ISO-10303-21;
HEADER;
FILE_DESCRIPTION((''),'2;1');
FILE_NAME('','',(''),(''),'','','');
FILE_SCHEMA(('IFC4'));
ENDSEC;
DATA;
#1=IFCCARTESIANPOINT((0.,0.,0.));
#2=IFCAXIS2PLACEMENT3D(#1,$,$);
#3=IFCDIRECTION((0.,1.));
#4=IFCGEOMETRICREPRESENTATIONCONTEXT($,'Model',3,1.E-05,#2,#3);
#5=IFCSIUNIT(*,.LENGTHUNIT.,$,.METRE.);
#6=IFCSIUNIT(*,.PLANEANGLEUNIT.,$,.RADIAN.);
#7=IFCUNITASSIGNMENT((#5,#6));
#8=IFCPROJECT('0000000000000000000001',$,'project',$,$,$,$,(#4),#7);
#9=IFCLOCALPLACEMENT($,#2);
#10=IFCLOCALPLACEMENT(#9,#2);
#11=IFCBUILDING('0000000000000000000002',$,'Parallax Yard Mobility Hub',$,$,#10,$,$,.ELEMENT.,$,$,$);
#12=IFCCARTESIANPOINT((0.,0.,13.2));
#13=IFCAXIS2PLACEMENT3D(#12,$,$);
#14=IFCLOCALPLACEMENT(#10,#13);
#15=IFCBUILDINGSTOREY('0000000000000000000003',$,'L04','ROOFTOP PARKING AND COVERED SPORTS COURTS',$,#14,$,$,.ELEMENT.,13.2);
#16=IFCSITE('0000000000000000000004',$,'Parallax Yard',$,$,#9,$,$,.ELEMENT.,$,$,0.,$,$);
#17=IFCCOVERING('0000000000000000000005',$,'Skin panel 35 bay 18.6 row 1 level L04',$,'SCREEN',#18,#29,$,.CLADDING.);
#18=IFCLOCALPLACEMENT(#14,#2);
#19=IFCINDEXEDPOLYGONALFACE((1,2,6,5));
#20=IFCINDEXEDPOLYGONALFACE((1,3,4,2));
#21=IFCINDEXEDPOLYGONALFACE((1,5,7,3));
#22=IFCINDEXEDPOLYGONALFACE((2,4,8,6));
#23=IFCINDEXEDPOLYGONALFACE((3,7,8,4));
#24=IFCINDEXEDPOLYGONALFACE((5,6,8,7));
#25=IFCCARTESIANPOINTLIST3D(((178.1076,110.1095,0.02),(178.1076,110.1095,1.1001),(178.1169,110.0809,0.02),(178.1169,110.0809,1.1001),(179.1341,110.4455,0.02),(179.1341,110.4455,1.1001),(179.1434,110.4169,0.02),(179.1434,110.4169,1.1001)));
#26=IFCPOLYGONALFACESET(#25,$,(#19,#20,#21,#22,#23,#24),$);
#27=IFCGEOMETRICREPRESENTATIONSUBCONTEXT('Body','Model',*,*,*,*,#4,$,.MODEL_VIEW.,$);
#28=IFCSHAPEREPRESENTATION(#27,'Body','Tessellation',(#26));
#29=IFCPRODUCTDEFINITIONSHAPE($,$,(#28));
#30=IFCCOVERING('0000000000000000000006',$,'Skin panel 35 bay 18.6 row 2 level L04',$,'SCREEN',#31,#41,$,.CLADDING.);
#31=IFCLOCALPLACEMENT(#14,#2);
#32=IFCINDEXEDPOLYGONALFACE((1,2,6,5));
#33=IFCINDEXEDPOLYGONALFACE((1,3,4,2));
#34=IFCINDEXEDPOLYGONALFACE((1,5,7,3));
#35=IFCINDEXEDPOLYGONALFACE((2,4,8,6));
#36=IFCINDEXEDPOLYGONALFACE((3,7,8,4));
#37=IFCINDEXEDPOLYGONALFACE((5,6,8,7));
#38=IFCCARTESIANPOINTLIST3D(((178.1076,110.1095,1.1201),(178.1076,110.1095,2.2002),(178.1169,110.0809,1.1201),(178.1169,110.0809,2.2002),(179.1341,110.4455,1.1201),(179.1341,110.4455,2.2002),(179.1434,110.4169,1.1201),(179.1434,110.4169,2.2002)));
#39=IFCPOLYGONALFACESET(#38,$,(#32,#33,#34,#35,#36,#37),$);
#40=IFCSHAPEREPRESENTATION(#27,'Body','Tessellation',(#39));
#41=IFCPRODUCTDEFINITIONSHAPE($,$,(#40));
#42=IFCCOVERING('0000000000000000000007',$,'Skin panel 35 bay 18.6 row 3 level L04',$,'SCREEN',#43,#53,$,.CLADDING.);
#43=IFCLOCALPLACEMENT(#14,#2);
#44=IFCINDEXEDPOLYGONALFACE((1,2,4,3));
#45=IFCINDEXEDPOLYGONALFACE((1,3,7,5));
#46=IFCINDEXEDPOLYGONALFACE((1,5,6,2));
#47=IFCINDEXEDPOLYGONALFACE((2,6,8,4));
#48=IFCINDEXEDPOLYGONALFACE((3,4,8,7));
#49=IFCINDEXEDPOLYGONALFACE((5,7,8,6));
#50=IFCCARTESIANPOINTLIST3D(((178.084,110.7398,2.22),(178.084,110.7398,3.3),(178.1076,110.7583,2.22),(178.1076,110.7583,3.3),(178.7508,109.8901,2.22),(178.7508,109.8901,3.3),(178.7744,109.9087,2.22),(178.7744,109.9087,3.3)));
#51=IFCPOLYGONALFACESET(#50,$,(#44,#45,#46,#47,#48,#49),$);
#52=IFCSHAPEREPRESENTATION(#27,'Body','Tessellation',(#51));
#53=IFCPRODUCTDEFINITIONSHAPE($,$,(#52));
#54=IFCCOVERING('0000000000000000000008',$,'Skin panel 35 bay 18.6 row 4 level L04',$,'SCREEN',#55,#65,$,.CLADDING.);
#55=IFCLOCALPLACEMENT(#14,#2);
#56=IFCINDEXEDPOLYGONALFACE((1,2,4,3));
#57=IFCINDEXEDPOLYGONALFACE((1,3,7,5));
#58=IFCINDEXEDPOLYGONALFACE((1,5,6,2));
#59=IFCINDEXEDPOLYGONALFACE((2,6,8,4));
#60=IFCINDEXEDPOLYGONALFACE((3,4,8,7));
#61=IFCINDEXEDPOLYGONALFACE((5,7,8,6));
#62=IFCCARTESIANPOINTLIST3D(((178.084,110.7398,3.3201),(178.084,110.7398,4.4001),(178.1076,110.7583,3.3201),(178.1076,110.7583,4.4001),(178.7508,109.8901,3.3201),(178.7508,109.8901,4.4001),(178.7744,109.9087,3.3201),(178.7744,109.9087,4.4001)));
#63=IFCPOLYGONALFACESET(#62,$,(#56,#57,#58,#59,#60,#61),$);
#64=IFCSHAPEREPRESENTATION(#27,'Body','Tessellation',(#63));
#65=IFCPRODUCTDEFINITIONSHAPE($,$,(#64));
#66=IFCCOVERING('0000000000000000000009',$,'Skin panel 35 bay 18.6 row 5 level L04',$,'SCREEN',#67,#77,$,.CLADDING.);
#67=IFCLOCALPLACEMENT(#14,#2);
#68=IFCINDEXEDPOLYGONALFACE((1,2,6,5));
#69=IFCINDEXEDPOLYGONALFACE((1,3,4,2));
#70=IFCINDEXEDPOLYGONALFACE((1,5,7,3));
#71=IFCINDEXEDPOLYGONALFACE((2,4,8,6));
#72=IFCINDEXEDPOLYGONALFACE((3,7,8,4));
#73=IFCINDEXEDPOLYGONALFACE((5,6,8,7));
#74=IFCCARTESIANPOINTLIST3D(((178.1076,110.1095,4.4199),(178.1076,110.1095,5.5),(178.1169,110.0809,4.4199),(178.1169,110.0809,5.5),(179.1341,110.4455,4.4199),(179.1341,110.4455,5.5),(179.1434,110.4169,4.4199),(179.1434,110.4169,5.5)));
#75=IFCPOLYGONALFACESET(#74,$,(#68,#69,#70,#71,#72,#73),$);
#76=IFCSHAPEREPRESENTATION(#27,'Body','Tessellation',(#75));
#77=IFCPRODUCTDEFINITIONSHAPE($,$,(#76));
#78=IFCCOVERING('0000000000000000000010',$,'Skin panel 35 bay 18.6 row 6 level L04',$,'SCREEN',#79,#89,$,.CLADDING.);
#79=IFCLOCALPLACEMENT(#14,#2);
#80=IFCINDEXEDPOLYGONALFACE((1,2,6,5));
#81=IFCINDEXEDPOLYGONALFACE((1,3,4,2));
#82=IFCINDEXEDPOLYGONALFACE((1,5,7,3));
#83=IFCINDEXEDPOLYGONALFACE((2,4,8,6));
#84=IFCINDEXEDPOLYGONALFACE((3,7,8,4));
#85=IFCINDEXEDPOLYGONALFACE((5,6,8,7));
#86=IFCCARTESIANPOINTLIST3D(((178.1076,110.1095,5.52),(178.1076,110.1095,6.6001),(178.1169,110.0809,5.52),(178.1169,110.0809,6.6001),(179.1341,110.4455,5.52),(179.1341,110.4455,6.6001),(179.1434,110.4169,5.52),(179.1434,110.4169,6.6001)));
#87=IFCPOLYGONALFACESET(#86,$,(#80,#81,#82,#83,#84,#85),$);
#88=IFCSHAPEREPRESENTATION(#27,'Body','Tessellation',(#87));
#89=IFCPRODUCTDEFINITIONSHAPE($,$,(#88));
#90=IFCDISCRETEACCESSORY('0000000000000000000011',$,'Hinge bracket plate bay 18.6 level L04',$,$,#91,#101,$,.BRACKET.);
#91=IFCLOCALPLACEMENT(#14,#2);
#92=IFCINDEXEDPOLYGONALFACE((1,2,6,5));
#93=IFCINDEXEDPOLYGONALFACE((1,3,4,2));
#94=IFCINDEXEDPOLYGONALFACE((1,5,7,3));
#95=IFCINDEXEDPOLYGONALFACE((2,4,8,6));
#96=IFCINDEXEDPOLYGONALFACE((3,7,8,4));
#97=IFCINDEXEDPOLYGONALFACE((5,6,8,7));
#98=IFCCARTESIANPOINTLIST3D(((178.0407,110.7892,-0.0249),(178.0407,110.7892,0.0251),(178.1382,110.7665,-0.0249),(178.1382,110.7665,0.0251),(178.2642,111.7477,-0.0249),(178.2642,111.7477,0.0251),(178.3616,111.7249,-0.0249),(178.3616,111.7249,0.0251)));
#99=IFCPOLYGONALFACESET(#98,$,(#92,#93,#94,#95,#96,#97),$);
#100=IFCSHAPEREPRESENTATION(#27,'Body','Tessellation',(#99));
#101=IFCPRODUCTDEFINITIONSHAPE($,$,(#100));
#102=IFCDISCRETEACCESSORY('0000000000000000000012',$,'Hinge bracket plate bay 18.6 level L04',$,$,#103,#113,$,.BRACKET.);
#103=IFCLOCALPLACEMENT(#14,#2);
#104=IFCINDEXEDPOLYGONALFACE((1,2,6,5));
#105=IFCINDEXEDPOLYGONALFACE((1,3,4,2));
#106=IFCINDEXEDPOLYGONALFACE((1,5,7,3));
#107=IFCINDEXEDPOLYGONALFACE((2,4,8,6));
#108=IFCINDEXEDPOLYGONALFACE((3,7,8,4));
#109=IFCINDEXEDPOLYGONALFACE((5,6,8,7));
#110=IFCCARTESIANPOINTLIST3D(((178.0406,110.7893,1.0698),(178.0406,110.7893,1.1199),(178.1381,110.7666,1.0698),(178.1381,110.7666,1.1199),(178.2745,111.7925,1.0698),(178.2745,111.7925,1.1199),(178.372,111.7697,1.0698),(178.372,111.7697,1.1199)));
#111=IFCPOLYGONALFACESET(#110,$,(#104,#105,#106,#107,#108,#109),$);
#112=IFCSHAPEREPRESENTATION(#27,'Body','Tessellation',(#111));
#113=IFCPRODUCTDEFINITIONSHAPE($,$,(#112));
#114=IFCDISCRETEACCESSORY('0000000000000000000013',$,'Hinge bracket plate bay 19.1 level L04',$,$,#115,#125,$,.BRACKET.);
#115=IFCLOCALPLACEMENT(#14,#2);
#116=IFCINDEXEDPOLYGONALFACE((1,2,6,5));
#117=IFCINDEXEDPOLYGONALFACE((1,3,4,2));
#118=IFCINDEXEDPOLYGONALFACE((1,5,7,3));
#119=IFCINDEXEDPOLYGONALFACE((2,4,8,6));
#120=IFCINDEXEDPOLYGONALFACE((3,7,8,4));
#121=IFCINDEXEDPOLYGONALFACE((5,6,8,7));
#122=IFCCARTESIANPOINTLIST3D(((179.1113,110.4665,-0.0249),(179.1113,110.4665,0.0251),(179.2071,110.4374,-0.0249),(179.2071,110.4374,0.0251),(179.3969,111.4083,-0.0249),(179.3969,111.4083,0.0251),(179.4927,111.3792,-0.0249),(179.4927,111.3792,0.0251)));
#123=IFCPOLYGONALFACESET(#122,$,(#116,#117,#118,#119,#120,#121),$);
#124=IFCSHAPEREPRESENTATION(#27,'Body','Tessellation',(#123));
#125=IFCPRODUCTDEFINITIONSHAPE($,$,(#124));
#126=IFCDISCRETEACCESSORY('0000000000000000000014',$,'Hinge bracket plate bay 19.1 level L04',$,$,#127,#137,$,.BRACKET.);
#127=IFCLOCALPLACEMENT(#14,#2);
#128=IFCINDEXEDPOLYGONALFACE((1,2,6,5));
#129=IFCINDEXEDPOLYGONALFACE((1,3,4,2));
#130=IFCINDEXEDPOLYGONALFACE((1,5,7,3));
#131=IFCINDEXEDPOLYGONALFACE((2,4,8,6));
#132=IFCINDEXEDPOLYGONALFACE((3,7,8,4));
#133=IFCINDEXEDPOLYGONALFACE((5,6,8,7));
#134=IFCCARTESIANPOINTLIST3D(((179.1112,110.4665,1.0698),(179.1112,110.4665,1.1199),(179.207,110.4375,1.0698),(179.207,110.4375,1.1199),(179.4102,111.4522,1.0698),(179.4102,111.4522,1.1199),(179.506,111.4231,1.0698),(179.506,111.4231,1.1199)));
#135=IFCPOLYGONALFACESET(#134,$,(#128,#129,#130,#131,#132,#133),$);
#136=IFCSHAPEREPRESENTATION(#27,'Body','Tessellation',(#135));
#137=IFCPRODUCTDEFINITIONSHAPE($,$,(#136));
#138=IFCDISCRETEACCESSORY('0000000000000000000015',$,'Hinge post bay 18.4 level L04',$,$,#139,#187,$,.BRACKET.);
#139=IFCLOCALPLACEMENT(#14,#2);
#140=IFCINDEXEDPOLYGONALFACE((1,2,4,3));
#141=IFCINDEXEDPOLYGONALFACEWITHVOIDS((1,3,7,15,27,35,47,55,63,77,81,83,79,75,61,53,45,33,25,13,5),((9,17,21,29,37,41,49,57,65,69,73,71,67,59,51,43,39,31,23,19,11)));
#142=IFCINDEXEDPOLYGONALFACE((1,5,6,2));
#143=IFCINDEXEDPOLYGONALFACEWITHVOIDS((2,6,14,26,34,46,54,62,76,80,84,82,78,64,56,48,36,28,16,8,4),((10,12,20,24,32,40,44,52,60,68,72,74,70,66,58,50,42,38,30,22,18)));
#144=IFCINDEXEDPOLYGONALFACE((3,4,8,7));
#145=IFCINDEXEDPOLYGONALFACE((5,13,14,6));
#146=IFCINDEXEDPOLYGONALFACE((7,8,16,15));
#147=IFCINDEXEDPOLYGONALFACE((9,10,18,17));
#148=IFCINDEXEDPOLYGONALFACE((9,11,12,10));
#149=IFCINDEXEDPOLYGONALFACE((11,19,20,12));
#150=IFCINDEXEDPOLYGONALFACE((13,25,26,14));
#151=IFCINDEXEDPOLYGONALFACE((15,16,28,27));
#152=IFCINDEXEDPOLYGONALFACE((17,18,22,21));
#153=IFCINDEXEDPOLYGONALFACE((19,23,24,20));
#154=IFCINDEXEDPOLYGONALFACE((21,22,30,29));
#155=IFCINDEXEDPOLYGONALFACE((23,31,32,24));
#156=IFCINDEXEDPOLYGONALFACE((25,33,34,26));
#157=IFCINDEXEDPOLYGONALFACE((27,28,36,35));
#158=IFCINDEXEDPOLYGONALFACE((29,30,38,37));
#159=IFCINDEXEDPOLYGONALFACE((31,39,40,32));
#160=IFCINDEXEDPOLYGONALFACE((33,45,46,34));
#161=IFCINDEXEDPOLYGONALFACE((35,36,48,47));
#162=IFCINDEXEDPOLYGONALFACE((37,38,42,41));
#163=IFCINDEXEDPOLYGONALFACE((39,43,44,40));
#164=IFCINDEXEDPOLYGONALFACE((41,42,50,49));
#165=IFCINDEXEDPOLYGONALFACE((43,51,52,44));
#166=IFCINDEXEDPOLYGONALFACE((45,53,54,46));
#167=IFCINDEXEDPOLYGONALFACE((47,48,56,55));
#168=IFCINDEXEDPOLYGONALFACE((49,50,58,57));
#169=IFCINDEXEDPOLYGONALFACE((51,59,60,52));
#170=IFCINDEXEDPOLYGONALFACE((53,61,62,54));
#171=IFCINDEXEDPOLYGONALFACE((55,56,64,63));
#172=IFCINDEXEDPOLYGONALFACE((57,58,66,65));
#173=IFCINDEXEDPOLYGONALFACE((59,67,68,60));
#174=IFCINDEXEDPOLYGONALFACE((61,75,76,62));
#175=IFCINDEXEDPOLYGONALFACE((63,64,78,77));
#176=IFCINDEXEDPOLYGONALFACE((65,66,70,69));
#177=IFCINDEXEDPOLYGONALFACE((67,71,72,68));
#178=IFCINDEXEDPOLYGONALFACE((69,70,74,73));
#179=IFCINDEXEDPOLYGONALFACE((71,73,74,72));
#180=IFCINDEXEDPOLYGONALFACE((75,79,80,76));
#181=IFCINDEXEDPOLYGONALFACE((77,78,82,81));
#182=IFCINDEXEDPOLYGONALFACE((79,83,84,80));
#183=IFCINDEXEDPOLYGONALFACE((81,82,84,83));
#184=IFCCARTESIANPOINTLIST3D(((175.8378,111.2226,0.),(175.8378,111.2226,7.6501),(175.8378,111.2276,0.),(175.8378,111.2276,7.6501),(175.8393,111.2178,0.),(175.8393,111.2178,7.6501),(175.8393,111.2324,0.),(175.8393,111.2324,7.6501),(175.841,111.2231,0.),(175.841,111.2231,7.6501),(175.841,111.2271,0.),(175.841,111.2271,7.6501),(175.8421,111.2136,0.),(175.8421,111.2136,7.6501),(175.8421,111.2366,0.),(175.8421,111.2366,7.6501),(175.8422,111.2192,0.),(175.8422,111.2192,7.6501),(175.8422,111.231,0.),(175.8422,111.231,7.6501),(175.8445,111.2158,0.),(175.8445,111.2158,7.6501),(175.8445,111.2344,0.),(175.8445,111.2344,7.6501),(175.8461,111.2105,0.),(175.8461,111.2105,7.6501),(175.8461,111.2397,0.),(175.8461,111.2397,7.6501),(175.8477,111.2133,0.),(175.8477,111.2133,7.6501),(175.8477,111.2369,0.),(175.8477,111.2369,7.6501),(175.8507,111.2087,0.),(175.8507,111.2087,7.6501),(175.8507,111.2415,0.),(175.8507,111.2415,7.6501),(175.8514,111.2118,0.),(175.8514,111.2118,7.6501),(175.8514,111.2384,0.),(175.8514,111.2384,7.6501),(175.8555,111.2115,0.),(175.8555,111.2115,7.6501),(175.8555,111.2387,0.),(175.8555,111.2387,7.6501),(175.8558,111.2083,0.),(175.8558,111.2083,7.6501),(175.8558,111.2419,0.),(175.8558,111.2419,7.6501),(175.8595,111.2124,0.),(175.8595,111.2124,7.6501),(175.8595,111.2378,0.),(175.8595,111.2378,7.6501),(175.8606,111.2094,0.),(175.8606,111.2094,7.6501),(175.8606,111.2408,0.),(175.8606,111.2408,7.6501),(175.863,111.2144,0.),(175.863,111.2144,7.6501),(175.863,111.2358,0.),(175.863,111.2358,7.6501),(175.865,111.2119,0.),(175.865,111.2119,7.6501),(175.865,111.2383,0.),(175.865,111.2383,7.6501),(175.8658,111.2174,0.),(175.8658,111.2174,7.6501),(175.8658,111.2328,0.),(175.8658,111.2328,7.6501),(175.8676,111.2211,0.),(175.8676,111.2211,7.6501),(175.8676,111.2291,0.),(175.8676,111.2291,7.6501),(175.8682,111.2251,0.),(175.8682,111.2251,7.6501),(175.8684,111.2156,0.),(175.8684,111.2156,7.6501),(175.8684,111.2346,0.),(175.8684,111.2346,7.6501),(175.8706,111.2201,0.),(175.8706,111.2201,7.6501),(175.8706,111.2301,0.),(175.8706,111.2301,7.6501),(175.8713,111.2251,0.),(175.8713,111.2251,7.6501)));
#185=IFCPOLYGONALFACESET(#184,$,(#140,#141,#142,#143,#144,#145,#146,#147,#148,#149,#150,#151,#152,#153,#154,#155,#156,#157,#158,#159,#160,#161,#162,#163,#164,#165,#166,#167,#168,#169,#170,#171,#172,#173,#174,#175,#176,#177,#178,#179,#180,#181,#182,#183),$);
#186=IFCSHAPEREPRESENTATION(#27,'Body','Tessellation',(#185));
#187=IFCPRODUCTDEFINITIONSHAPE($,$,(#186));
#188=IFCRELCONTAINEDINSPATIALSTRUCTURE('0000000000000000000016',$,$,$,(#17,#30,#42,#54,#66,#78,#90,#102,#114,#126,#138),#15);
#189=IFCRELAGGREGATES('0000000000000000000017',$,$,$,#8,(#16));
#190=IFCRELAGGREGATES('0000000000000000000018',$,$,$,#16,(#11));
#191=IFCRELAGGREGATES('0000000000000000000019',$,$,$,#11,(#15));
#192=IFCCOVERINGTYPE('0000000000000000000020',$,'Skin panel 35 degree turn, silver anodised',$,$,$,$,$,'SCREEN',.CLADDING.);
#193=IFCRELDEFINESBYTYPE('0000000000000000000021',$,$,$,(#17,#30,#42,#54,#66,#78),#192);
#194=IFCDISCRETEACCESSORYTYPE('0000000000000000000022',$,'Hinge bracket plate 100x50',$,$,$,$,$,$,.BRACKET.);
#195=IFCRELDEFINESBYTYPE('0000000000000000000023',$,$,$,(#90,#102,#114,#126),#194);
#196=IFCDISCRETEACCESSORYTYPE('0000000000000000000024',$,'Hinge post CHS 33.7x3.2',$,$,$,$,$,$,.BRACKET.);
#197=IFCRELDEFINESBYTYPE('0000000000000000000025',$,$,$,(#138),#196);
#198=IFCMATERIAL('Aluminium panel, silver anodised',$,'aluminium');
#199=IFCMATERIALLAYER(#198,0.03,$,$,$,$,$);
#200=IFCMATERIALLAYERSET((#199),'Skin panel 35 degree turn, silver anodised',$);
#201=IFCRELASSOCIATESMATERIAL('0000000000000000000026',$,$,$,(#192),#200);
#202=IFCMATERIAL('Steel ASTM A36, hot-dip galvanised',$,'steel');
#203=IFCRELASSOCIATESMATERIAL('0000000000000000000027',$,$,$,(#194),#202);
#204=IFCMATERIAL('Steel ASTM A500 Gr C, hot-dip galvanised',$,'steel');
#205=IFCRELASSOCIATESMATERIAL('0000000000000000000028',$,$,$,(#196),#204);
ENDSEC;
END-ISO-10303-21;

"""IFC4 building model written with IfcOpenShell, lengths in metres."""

from ifc_helpers import new_model, si_unit, direction, frame, origin, origin_2d, place, context, subcontext, project, spatial, rectangle, hollow_circle, extrude, material, layer, layer_set, material_profile, profile_set, type_object, element, save


model = new_model("IFC4")

# Units and contexts
model_context = context("Model", 3, precision=1e-05, world=origin(), true_north=direction((0.0, 1.0)))
body_context = subcontext(model_context, "Body", "Model", "MODEL_VIEW")
ifc_project = project(units=[si_unit("LENGTHUNIT", "METRE"), si_unit("PLANEANGLEUNIT", "RADIAN")], contexts=[model_context])

# Site, building, storey
site_placement = place(None, origin())
site = spatial("IfcSite", under=ifc_project, at=site_placement, Name="Parallax Yard", CompositionType="ELEMENT", RefElevation=0.0)
building_placement = place(site_placement, origin())
building = spatial("IfcBuilding", under=site, at=building_placement, Name="Parallax Yard Mobility Hub", CompositionType="ELEMENT")
storey_placement = place(building_placement, frame((0.0, 0.0, 13.2)))
storey = spatial("IfcBuildingStorey", under=building, at=storey_placement, Name="L04", Description="ROOFTOP PARKING AND COVERED SPORTS COURTS", CompositionType="ELEMENT", Elevation=13.2)

# Coverings
ifc_material_1 = material(Name="Aluminium panel, silver anodised", Category="aluminium")
ifc_layer_1 = layer(ifc_material_1, 0.03)
ifc_layer_set_1 = layer_set([ifc_layer_1], Name="Skin panel 35 degree turn, silver anodised")
covering_type_1 = type_object("IfcCoveringType", Name="Skin panel 35 degree turn, silver anodised", ElementType="SCREEN", PredefinedType="CLADDING", material=ifc_layer_set_1)
for number, where, z_axis, x_axis, name in (
    (1, (178.6255, 110.2632, 0.02), (0.0, 0.0, 1.0), (-0.95038, -0.311091, 0.0), "Skin panel 35 bay 18.6 row 1 level L04"),
    (2, (178.6255, 110.2632, 1.1201), (0.0, 0.0, 1.0), (-0.95038, -0.311091, 0.0), "Skin panel 35 bay 18.6 row 2 level L04"),
    (3, (178.4292, 110.3242, 2.22), (0.0, 0.0, 1.0), (0.617379, -0.786666, 0.0), "Skin panel 35 bay 18.6 row 3 level L04"),
    (4, (178.4292, 110.3242, 3.3201), (0.0, 0.0, 1.0), (0.617379, -0.786666, 0.0), "Skin panel 35 bay 18.6 row 4 level L04"),
    (5, (178.6255, 110.2632, 4.4199), (0.0, 0.0, 1.0), (-0.95038, -0.311091, 0.0), "Skin panel 35 bay 18.6 row 5 level L04"),
    (6, (178.6255, 110.2632, 5.52), (0.0, 0.0, 1.0), (-0.95038, -0.311091, 0.0), "Skin panel 35 bay 18.6 row 6 level L04"),
):
    element("IfcCovering", number, at=place(storey_placement, frame(where, z_axis=z_axis, x_axis=x_axis)), inside=storey, type_object=covering_type_1, Name=name, ObjectType="SCREEN", PredefinedType="CLADDING", context=body_context, shape_type="SweptSolid", body=[
        extrude(rectangle(XDim=1.0801, YDim=0.03, at=origin_2d()), origin(), (0.0, 0.0, 1.0), 1.0801),
    ])

# Discrete accessories
ifc_material_2 = material(Name="Steel ASTM A36, hot-dip galvanised", Category="steel")
discrete_accessory_type_1 = type_object("IfcDiscreteAccessoryType", Name="Hinge bracket plate 100x50", PredefinedType="BRACKET", material=ifc_material_2)
discrete_accessory_1_placement = place(storey_placement, frame((178.2012, 111.2571, -0.0249), z_axis=(0.0, 0.0, 1.0), x_axis=(-0.227076, -0.973877, 0.0)))
element("IfcDiscreteAccessory", 7, at=discrete_accessory_1_placement, inside=storey, type_object=discrete_accessory_type_1, Name="Hinge bracket plate bay 18.6 level L04", PredefinedType="BRACKET", context=body_context, shape_type="SweptSolid", body=[
    extrude(rectangle(XDim=0.9841, YDim=0.1001, at=origin_2d()), origin(), (0.0, 0.0, 1.0), 0.05),
])
discrete_accessory_2_placement = place(storey_placement, frame((178.2063, 111.2795, 1.0698), z_axis=(0.0, 0.0, 1.0), x_axis=(-0.227076, -0.973877, 0.0)))
element("IfcDiscreteAccessory", 8, at=discrete_accessory_2_placement, inside=storey, type_object=discrete_accessory_type_1, Name="Hinge bracket plate bay 18.6 level L04", PredefinedType="BRACKET", context=body_context, shape_type="SweptSolid", body=[
    extrude(rectangle(XDim=1.03, YDim=0.1001, at=origin_2d()), origin(), (0.0, 0.0, 1.0), 0.05),
])
discrete_accessory_3_placement = place(storey_placement, frame((179.302, 110.9229, -0.0249), z_axis=(0.0, 0.0, 1.0), x_axis=(-0.290285, -0.95694, 0.0)))
element("IfcDiscreteAccessory", 9, at=discrete_accessory_3_placement, inside=storey, type_object=discrete_accessory_type_1, Name="Hinge bracket plate bay 19.1 level L04", PredefinedType="BRACKET", context=body_context, shape_type="SweptSolid", body=[
    extrude(rectangle(XDim=0.9841, YDim=0.1001, at=origin_2d()), origin(), (0.0, 0.0, 1.0), 0.05),
])
discrete_accessory_4_placement = place(storey_placement, frame((179.3086, 110.9448, 1.0698), z_axis=(0.0, 0.0, 1.0), x_axis=(-0.290285, -0.95694, 0.0)))
element("IfcDiscreteAccessory", 10, at=discrete_accessory_4_placement, inside=storey, type_object=discrete_accessory_type_1, Name="Hinge bracket plate bay 19.1 level L04", PredefinedType="BRACKET", context=body_context, shape_type="SweptSolid", body=[
    extrude(rectangle(XDim=1.03, YDim=0.1001, at=origin_2d()), origin(), (0.0, 0.0, 1.0), 0.05),
])
ifc_material_3 = material(Name="Steel ASTM A500 Gr C, hot-dip galvanised", Category="steel")
ifc_material_profile = material_profile(ifc_material_3, hollow_circle(Radius=0.0168, WallThickness=0.0032, at=origin_2d()), Name="CHS 33.7x3.2")
ifc_profile_set = profile_set([ifc_material_profile], Name="Steel ASTM A500 Gr C, hot-dip galvanised")
discrete_accessory_type_2 = type_object("IfcDiscreteAccessoryType", Name="Hinge post CHS 33.7x3.2", PredefinedType="BRACKET", material=ifc_profile_set)
for number, where, z_axis, x_axis, name in (
    (11, (175.8545, 111.2251, 0.0), (0.0, 0.0, 1.0), (1.0, 0.0, 0.0), "Hinge post bay 18.4 level L04"),
):
    element("IfcDiscreteAccessory", number, at=place(storey_placement, frame(where, z_axis=z_axis, x_axis=x_axis)), inside=storey, type_object=discrete_accessory_type_2, Name=name, PredefinedType="BRACKET", context=body_context, shape_type="SweptSolid", body=[
        extrude(hollow_circle(Radius=0.0168, WallThickness=0.0032, at=origin_2d()), origin(), (0.0, 0.0, 1.0), 7.6501),
    ])

save(model, "model.ifc")
